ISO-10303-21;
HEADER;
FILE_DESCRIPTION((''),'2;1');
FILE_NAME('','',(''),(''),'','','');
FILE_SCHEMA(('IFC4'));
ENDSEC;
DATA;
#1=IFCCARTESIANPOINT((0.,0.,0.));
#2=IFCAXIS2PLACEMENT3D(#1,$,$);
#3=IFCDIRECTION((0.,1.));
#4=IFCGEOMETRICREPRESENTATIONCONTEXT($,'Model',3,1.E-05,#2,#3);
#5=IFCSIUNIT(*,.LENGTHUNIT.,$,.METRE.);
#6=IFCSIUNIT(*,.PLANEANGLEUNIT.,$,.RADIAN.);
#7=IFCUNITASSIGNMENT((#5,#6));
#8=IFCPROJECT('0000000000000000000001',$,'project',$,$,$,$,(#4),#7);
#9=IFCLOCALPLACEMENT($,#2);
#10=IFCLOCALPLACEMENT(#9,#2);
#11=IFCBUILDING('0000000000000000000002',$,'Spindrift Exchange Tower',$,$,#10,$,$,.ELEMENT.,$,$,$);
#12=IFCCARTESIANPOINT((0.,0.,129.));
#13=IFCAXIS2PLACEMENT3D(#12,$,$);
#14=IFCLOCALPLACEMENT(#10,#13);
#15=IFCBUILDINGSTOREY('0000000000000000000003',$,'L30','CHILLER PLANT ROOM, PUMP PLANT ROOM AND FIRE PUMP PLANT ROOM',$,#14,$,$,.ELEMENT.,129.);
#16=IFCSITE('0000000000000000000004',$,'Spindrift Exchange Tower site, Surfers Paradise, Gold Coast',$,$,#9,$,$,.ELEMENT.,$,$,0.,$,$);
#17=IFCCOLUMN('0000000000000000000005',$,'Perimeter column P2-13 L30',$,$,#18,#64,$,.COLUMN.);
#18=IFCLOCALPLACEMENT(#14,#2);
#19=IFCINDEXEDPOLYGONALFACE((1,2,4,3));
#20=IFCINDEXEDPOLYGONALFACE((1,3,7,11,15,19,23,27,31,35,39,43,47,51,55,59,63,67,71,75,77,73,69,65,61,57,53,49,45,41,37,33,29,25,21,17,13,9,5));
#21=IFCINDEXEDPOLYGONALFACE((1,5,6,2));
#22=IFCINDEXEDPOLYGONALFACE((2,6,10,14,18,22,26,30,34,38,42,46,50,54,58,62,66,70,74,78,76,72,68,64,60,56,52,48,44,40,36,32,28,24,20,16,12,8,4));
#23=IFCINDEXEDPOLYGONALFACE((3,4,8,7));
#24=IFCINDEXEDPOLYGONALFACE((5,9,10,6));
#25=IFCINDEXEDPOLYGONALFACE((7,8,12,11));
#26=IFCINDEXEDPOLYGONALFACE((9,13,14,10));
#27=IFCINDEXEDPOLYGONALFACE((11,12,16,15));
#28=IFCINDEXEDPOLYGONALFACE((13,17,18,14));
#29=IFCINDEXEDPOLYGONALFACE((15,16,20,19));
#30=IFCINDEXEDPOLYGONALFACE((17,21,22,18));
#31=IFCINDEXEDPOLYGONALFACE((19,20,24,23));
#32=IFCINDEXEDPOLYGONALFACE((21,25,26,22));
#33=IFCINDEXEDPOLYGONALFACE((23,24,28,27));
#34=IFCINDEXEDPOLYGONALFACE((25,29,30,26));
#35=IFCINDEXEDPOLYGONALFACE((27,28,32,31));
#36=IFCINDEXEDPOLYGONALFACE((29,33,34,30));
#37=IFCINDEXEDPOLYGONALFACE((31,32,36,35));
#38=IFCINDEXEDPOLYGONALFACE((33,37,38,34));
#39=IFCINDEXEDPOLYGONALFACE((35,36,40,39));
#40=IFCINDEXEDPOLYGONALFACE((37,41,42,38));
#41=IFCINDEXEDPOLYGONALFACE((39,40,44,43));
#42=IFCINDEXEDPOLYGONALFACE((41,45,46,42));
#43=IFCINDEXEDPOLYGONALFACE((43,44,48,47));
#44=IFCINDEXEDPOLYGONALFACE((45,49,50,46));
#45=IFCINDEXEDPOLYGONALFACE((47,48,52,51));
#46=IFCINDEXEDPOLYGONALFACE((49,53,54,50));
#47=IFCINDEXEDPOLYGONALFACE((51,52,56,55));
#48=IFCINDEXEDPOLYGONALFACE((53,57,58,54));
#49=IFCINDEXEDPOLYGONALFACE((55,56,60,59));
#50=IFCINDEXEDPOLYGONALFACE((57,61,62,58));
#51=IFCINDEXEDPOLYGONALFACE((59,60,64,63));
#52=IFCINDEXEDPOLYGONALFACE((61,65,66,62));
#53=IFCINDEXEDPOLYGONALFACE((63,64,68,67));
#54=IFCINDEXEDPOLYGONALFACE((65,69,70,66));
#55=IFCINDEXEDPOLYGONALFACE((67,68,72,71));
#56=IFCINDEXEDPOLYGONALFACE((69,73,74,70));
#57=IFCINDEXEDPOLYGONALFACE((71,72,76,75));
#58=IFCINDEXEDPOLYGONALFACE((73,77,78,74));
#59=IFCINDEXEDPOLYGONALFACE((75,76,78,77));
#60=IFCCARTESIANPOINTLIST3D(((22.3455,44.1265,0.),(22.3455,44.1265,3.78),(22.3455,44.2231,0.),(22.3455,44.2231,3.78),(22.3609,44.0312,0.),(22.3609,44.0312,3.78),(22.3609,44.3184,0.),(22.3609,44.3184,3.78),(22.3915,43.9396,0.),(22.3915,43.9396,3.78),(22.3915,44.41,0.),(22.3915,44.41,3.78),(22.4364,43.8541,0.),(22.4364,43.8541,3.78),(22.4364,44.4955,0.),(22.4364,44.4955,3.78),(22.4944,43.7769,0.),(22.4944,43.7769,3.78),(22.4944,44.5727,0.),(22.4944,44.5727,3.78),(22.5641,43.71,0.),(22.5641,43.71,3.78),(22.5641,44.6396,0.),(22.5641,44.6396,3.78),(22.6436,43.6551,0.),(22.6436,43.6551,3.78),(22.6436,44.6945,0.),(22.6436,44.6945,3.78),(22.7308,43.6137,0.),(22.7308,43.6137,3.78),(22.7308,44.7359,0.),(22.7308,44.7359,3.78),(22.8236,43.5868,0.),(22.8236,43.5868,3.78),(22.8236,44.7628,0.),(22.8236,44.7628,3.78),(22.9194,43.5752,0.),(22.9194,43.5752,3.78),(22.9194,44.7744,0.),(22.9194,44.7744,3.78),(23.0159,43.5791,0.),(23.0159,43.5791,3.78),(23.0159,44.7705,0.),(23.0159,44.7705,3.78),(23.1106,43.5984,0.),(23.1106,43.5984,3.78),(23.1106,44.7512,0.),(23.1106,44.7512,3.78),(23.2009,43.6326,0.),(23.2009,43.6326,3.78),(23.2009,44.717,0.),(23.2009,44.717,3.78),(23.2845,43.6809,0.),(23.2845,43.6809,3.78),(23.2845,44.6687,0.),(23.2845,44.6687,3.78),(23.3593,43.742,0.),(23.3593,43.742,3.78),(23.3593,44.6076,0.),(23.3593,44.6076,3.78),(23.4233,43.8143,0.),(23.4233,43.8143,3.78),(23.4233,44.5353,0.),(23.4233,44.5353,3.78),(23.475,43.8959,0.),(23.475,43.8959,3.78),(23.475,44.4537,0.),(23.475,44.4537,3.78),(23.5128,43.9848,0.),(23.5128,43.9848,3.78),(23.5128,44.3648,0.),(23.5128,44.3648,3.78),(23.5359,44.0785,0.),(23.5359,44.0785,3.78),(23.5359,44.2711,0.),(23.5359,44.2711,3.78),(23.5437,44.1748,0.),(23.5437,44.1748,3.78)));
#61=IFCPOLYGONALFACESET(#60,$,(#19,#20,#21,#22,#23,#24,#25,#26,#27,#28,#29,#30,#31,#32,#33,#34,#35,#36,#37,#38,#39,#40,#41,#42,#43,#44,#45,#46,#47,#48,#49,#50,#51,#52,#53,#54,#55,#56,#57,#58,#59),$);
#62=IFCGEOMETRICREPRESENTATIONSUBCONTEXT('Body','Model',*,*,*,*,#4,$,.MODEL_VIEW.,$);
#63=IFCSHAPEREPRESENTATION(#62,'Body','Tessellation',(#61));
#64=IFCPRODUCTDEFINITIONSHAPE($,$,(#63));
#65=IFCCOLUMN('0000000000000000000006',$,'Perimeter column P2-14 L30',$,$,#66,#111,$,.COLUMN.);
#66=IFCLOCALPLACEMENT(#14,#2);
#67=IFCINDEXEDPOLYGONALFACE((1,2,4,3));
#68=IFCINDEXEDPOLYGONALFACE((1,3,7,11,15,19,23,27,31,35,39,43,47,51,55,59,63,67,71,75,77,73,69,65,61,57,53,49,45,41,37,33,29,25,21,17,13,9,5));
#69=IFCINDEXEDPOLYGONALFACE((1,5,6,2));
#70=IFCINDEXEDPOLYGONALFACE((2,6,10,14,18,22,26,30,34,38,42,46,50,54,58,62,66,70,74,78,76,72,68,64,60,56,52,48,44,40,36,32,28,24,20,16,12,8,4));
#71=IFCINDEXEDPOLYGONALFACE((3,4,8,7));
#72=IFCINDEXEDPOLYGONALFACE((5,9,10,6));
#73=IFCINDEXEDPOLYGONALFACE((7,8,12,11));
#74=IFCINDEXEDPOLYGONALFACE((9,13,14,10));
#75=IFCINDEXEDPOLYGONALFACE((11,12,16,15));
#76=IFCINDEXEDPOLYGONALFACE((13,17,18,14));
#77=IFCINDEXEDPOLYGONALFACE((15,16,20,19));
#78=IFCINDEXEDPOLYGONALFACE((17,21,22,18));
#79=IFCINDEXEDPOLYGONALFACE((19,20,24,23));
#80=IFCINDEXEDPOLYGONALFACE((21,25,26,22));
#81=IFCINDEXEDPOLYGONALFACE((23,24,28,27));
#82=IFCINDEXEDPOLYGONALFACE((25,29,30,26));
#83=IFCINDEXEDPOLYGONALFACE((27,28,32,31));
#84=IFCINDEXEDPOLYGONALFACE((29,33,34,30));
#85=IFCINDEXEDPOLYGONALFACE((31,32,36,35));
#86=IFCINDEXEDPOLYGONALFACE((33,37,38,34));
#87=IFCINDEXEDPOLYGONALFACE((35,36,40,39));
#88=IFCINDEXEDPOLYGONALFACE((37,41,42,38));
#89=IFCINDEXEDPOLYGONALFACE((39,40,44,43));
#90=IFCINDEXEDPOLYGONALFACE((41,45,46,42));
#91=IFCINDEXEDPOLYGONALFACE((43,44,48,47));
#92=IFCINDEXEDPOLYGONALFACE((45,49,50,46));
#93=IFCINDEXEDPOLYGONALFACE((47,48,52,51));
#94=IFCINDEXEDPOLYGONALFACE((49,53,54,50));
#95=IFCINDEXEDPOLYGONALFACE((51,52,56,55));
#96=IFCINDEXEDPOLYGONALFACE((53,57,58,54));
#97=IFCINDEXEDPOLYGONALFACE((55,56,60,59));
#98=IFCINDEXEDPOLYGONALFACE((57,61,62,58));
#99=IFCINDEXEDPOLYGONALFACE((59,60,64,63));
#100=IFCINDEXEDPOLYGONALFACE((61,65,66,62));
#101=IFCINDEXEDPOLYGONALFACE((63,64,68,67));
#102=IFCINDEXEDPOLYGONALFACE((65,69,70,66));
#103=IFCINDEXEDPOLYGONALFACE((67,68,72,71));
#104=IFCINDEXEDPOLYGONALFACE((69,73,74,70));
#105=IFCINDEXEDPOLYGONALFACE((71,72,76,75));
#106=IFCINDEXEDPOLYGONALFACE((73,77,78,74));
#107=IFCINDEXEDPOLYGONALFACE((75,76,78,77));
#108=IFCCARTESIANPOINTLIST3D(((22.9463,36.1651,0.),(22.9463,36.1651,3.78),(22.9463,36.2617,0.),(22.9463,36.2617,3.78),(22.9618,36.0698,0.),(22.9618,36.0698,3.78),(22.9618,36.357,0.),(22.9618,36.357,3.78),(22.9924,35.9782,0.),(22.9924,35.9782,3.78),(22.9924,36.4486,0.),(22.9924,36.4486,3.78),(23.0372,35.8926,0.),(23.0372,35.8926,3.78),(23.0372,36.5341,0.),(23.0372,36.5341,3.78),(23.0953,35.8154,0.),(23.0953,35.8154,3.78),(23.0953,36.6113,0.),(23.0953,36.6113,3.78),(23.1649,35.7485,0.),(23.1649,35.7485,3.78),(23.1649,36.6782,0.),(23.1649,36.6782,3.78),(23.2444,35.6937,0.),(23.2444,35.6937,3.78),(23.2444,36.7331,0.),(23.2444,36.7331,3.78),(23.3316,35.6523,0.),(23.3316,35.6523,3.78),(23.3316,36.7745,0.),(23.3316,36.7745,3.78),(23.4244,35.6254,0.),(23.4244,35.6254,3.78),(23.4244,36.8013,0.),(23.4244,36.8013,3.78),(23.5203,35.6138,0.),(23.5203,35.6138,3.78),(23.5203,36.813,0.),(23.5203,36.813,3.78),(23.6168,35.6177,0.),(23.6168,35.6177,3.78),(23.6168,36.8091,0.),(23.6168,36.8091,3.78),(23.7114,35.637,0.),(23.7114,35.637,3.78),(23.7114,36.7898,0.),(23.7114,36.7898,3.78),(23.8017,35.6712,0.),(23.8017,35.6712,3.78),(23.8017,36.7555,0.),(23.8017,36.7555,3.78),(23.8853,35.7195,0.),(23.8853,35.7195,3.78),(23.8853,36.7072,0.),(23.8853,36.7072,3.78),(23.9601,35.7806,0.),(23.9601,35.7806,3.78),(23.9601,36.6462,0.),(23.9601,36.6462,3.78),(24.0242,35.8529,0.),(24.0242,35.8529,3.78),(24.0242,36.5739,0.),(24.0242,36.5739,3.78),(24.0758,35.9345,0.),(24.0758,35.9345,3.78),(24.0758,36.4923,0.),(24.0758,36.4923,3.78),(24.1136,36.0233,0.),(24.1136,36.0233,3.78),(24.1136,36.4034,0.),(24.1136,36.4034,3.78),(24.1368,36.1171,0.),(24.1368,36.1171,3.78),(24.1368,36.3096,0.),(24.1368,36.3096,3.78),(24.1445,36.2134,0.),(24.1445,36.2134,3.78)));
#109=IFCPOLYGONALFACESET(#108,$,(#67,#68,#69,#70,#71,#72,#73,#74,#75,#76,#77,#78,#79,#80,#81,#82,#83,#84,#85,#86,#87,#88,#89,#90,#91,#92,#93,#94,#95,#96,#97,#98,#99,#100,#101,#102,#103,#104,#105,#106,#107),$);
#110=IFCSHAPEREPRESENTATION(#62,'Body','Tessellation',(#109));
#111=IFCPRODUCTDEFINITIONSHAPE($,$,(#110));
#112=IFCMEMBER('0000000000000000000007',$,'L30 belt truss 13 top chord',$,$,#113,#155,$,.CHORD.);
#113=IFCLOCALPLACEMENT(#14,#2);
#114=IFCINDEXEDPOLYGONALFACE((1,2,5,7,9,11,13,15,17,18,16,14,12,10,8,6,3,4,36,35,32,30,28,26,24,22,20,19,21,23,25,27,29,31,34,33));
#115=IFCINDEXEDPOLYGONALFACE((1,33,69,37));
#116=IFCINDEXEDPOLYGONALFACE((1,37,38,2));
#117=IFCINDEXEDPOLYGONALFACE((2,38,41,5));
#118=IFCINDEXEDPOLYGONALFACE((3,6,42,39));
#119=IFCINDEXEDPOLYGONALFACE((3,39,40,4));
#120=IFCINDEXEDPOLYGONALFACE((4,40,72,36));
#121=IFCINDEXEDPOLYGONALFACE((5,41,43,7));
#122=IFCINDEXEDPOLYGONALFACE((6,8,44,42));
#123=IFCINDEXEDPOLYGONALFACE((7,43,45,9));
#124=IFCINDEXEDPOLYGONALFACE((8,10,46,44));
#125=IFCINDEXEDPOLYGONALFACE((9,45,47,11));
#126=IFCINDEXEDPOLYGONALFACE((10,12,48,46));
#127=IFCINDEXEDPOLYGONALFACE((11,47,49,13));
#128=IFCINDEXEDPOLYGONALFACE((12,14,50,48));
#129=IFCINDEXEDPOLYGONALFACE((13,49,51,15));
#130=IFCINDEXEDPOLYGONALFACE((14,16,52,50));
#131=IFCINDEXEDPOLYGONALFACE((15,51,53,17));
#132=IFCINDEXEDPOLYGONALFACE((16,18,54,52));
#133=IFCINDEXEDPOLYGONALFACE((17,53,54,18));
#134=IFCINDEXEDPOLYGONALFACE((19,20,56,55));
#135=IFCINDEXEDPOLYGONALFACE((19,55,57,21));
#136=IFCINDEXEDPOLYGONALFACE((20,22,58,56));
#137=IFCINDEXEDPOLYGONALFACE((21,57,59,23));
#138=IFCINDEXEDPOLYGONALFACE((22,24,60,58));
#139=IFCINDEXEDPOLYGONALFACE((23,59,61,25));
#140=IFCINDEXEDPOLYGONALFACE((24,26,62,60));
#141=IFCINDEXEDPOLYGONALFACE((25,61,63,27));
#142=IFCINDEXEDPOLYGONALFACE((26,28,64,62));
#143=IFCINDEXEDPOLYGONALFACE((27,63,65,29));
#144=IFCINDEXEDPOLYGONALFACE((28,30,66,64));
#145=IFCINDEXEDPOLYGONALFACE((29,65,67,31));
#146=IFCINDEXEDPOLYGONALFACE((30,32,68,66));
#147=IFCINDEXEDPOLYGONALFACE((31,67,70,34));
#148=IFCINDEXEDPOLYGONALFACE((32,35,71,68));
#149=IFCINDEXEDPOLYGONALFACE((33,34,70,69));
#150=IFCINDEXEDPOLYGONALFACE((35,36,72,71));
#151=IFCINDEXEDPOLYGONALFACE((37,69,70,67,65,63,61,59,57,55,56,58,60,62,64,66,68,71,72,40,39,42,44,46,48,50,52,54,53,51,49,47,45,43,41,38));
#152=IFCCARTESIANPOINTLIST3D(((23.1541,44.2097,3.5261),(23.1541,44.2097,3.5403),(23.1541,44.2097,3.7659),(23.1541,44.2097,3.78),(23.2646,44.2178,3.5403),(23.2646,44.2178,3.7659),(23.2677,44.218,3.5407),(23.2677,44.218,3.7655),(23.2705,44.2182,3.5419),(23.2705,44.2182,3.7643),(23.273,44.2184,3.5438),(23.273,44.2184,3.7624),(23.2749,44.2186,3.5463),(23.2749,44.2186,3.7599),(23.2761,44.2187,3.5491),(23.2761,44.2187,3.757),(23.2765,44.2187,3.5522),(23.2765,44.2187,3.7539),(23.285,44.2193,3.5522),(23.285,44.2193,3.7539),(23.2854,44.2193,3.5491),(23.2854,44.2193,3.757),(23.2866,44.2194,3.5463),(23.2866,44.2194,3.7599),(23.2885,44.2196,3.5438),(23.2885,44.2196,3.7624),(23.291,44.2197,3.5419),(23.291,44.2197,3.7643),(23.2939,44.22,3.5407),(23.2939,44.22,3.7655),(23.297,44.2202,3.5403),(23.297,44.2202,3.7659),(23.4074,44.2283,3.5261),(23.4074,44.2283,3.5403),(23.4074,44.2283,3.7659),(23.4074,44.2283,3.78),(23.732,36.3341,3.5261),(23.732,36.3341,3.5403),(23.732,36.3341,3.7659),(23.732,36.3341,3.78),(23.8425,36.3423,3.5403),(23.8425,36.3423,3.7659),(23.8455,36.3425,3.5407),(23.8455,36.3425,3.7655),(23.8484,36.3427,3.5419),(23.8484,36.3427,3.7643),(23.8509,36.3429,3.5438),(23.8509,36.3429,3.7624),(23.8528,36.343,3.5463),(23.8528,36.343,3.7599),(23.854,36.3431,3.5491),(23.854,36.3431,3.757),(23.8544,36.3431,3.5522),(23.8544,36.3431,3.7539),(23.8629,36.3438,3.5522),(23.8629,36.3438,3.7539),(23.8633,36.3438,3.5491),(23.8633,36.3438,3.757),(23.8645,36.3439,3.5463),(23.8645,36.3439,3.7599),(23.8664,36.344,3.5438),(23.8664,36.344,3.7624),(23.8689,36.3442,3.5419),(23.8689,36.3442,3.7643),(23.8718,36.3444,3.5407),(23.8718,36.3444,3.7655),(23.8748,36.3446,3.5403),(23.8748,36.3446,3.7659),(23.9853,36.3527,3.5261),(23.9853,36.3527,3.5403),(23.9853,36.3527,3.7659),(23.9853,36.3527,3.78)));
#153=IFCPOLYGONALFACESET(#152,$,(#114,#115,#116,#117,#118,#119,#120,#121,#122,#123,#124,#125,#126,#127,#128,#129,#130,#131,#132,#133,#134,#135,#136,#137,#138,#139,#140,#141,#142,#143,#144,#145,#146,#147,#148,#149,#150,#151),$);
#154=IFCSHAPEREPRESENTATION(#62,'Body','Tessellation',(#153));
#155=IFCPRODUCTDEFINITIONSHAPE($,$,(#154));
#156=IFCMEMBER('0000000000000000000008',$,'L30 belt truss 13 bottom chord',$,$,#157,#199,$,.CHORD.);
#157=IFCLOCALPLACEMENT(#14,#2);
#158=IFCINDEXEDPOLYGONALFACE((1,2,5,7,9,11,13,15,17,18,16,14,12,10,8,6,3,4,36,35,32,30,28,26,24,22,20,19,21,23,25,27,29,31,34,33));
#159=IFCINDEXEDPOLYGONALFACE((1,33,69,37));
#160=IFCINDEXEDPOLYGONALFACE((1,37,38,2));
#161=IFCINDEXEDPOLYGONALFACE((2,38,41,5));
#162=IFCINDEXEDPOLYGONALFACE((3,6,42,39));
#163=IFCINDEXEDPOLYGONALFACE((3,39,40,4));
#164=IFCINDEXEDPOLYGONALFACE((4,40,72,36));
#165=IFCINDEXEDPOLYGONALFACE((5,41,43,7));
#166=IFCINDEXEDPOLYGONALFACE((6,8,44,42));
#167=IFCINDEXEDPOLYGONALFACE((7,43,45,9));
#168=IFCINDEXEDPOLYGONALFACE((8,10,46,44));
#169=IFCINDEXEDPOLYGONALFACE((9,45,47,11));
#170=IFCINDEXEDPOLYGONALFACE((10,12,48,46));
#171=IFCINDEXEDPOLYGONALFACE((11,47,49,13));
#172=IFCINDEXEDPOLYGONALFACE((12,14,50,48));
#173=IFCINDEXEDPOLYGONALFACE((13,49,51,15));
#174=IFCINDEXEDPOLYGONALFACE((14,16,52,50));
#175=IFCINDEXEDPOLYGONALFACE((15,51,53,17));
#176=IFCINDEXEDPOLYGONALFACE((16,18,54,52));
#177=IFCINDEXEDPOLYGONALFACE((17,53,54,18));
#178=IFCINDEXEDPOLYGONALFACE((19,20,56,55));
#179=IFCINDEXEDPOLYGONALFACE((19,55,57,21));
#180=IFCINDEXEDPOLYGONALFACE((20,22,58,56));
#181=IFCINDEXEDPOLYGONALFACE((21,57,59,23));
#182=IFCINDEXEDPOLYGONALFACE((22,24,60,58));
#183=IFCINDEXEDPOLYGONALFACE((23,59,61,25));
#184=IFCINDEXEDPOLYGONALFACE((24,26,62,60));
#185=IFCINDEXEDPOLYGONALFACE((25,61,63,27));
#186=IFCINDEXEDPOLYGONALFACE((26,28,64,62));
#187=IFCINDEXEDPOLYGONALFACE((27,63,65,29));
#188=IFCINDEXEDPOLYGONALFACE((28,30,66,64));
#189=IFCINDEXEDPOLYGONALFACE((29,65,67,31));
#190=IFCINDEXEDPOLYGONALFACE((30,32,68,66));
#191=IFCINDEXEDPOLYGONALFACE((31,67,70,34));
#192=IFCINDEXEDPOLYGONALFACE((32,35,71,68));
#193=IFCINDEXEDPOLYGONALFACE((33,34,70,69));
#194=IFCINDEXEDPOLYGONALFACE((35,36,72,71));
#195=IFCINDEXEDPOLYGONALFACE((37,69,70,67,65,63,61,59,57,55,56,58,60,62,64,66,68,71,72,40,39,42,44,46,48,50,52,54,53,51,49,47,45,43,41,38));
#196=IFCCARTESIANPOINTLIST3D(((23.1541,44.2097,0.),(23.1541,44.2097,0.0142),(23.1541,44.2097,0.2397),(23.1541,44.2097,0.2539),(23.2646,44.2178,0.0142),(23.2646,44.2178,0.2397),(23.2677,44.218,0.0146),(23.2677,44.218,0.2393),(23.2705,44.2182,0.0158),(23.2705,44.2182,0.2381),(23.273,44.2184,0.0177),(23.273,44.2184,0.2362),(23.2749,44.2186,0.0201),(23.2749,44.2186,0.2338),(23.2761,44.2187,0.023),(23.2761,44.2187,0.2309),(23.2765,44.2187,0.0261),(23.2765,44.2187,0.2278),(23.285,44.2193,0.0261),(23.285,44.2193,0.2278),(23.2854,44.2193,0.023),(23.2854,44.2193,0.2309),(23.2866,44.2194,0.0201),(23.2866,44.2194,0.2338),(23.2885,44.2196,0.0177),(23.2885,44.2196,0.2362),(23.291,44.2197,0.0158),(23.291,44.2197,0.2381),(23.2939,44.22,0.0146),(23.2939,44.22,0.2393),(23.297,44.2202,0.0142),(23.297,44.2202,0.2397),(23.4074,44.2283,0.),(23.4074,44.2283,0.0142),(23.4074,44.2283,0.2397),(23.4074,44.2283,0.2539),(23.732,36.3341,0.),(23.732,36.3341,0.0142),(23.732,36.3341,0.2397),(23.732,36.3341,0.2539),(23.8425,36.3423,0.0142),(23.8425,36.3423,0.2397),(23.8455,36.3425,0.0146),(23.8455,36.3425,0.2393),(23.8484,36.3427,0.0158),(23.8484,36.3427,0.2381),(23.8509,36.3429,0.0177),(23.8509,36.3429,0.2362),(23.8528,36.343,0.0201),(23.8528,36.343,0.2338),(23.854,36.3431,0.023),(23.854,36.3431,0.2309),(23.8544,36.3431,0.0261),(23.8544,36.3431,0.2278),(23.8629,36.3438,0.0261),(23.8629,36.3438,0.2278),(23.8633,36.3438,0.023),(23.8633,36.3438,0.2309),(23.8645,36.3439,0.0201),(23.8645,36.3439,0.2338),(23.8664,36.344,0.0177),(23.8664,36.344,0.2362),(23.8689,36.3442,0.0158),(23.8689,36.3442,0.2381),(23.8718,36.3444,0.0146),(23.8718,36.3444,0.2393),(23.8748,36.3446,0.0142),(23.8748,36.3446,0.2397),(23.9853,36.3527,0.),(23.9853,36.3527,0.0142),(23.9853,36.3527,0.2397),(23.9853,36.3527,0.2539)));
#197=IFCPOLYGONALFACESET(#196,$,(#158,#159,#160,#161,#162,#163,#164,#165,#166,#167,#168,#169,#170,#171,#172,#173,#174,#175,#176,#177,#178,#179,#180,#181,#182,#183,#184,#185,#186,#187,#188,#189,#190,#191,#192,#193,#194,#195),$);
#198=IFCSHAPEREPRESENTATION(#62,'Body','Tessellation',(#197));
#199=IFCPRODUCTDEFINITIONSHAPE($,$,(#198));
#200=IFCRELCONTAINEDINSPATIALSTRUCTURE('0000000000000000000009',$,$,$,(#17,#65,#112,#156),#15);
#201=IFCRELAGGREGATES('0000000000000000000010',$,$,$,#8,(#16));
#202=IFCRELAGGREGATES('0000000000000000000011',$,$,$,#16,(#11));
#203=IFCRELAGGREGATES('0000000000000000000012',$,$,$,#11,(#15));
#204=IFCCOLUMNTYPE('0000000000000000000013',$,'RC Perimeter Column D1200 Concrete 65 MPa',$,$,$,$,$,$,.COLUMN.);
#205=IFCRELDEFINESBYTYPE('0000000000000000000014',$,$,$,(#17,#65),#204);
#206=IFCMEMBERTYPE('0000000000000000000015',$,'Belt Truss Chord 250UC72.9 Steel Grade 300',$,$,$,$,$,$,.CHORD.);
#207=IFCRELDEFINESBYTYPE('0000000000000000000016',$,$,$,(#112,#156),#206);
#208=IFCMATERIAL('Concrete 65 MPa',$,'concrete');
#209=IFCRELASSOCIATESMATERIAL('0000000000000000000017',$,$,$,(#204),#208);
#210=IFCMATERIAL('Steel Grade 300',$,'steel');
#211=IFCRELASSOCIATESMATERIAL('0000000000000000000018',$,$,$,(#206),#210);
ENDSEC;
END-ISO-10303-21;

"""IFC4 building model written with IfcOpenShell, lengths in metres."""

from ifc_helpers import new_model, si_unit, direction, frame, origin, origin_2d, place, context, subcontext, project, spatial, circle, i_section, extrude, source, transform, mapped, material, material_profile, profile_set, type_object, element, save


model = new_model("IFC4")

# Units and contexts
model_context = context("Model", 3, precision=1e-05, world=origin(), true_north=direction((0.0, 1.0)))
body_context = subcontext(model_context, "Body", "Model", "MODEL_VIEW")
ifc_project = project(units=[si_unit("LENGTHUNIT", "METRE"), si_unit("PLANEANGLEUNIT", "RADIAN")], contexts=[model_context])

# Site, building, storey
site_placement = place(None, origin())
site = spatial("IfcSite", under=ifc_project, at=site_placement, Name="Spindrift Exchange Tower site, Surfers Paradise, Gold Coast", CompositionType="ELEMENT", RefElevation=0.0)
building_placement = place(site_placement, origin())
building = spatial("IfcBuilding", under=site, at=building_placement, Name="Spindrift Exchange Tower", CompositionType="ELEMENT")
storey_placement = place(building_placement, frame((0.0, 0.0, 129.0)))
storey = spatial("IfcBuildingStorey", under=building, at=storey_placement, Name="L30", Description="CHILLER PLANT ROOM, PUMP PLANT ROOM AND FIRE PUMP PLANT ROOM", CompositionType="ELEMENT", Elevation=129.0)

# Columns
ifc_material_1 = material(Name="Concrete 65 MPa", Category="concrete")
ifc_material_profile_1 = material_profile(ifc_material_1, circle(Radius=0.6001, at=origin_2d()), Name="RC D1200")
ifc_profile_set_1 = profile_set([ifc_material_profile_1], Name="Concrete 65 MPa")
column_type = type_object("IfcColumnType", Name="RC Perimeter Column D1200 Concrete 65 MPa", PredefinedType="COLUMN", material=ifc_profile_set_1)
shared_shape_1 = source(origin(), body_context, "Body", "SweptSolid", [
    extrude(circle(Radius=0.6001, at=origin_2d()), origin(), (0.0, 0.0, 1.0), 3.78),
])
for number, where, z_axis, x_axis, name in (
    (1, (22.9436, 44.1748, 0.0), (0.0, 0.0, 1.0), (1.0, 0.0, 0.0), "Perimeter column P2-13 L30"),
    (2, (23.5444, 36.2134, 0.0), (0.0, 0.0, 1.0), (1.0, 0.0, 0.0), "Perimeter column P2-14 L30"),
):
    element("IfcColumn", number, at=place(storey_placement, frame(where, z_axis=z_axis, x_axis=x_axis)), inside=storey, type_object=column_type, Name=name, PredefinedType="COLUMN", context=body_context, shape_type="MappedRepresentation", body=[
        mapped(shared_shape_1, transform((0.0, 0.0, 0.0), scale=1.0)),
    ])

# Members
ifc_material_2 = material(Name="Steel Grade 300", Category="steel")
ifc_material_profile_2 = material_profile(ifc_material_2, i_section(OverallWidth=0.2539, OverallDepth=0.2539, WebThickness=0.0085, FlangeThickness=0.0142, FilletRadius=0.012, at=origin_2d()), Name="250UC72.9")
ifc_profile_set_2 = profile_set([ifc_material_profile_2], Name="Steel Grade 300")
member_type_1 = type_object("IfcMemberType", Name="Belt Truss Chord 250UC72.9 Steel Grade 300", PredefinedType="CHORD", material=ifc_profile_set_2)
shared_shape_2 = source(origin(), body_context, "Body", "SweptSolid", [
    extrude(i_section(OverallWidth=0.2539, OverallDepth=0.2539, WebThickness=0.0085, FlangeThickness=0.0142, FilletRadius=0.012, at=origin_2d()), origin(), (0.0, 0.0, 1.0), 7.8967),
])
for number, where, z_axis, x_axis, name in (
    (3, (23.2808, 44.219, 3.6531), (0.07318, -0.997319, 0.0), (0.997319, 0.07318, 0.0), "L30 belt truss 13 top chord"),
    (4, (23.2808, 44.219, 0.127), (0.07318, -0.997319, 0.0), (0.997319, 0.07318, 0.0), "L30 belt truss 13 bottom chord"),
):
    element("IfcMember", number, at=place(storey_placement, frame(where, z_axis=z_axis, x_axis=x_axis)), inside=storey, type_object=member_type_1, Name=name, PredefinedType="CHORD", context=body_context, shape_type="MappedRepresentation", body=[
        mapped(shared_shape_2, transform((0.0, 0.0, 0.0), scale=1.0)),
    ])

save(model, "model.ifc")
